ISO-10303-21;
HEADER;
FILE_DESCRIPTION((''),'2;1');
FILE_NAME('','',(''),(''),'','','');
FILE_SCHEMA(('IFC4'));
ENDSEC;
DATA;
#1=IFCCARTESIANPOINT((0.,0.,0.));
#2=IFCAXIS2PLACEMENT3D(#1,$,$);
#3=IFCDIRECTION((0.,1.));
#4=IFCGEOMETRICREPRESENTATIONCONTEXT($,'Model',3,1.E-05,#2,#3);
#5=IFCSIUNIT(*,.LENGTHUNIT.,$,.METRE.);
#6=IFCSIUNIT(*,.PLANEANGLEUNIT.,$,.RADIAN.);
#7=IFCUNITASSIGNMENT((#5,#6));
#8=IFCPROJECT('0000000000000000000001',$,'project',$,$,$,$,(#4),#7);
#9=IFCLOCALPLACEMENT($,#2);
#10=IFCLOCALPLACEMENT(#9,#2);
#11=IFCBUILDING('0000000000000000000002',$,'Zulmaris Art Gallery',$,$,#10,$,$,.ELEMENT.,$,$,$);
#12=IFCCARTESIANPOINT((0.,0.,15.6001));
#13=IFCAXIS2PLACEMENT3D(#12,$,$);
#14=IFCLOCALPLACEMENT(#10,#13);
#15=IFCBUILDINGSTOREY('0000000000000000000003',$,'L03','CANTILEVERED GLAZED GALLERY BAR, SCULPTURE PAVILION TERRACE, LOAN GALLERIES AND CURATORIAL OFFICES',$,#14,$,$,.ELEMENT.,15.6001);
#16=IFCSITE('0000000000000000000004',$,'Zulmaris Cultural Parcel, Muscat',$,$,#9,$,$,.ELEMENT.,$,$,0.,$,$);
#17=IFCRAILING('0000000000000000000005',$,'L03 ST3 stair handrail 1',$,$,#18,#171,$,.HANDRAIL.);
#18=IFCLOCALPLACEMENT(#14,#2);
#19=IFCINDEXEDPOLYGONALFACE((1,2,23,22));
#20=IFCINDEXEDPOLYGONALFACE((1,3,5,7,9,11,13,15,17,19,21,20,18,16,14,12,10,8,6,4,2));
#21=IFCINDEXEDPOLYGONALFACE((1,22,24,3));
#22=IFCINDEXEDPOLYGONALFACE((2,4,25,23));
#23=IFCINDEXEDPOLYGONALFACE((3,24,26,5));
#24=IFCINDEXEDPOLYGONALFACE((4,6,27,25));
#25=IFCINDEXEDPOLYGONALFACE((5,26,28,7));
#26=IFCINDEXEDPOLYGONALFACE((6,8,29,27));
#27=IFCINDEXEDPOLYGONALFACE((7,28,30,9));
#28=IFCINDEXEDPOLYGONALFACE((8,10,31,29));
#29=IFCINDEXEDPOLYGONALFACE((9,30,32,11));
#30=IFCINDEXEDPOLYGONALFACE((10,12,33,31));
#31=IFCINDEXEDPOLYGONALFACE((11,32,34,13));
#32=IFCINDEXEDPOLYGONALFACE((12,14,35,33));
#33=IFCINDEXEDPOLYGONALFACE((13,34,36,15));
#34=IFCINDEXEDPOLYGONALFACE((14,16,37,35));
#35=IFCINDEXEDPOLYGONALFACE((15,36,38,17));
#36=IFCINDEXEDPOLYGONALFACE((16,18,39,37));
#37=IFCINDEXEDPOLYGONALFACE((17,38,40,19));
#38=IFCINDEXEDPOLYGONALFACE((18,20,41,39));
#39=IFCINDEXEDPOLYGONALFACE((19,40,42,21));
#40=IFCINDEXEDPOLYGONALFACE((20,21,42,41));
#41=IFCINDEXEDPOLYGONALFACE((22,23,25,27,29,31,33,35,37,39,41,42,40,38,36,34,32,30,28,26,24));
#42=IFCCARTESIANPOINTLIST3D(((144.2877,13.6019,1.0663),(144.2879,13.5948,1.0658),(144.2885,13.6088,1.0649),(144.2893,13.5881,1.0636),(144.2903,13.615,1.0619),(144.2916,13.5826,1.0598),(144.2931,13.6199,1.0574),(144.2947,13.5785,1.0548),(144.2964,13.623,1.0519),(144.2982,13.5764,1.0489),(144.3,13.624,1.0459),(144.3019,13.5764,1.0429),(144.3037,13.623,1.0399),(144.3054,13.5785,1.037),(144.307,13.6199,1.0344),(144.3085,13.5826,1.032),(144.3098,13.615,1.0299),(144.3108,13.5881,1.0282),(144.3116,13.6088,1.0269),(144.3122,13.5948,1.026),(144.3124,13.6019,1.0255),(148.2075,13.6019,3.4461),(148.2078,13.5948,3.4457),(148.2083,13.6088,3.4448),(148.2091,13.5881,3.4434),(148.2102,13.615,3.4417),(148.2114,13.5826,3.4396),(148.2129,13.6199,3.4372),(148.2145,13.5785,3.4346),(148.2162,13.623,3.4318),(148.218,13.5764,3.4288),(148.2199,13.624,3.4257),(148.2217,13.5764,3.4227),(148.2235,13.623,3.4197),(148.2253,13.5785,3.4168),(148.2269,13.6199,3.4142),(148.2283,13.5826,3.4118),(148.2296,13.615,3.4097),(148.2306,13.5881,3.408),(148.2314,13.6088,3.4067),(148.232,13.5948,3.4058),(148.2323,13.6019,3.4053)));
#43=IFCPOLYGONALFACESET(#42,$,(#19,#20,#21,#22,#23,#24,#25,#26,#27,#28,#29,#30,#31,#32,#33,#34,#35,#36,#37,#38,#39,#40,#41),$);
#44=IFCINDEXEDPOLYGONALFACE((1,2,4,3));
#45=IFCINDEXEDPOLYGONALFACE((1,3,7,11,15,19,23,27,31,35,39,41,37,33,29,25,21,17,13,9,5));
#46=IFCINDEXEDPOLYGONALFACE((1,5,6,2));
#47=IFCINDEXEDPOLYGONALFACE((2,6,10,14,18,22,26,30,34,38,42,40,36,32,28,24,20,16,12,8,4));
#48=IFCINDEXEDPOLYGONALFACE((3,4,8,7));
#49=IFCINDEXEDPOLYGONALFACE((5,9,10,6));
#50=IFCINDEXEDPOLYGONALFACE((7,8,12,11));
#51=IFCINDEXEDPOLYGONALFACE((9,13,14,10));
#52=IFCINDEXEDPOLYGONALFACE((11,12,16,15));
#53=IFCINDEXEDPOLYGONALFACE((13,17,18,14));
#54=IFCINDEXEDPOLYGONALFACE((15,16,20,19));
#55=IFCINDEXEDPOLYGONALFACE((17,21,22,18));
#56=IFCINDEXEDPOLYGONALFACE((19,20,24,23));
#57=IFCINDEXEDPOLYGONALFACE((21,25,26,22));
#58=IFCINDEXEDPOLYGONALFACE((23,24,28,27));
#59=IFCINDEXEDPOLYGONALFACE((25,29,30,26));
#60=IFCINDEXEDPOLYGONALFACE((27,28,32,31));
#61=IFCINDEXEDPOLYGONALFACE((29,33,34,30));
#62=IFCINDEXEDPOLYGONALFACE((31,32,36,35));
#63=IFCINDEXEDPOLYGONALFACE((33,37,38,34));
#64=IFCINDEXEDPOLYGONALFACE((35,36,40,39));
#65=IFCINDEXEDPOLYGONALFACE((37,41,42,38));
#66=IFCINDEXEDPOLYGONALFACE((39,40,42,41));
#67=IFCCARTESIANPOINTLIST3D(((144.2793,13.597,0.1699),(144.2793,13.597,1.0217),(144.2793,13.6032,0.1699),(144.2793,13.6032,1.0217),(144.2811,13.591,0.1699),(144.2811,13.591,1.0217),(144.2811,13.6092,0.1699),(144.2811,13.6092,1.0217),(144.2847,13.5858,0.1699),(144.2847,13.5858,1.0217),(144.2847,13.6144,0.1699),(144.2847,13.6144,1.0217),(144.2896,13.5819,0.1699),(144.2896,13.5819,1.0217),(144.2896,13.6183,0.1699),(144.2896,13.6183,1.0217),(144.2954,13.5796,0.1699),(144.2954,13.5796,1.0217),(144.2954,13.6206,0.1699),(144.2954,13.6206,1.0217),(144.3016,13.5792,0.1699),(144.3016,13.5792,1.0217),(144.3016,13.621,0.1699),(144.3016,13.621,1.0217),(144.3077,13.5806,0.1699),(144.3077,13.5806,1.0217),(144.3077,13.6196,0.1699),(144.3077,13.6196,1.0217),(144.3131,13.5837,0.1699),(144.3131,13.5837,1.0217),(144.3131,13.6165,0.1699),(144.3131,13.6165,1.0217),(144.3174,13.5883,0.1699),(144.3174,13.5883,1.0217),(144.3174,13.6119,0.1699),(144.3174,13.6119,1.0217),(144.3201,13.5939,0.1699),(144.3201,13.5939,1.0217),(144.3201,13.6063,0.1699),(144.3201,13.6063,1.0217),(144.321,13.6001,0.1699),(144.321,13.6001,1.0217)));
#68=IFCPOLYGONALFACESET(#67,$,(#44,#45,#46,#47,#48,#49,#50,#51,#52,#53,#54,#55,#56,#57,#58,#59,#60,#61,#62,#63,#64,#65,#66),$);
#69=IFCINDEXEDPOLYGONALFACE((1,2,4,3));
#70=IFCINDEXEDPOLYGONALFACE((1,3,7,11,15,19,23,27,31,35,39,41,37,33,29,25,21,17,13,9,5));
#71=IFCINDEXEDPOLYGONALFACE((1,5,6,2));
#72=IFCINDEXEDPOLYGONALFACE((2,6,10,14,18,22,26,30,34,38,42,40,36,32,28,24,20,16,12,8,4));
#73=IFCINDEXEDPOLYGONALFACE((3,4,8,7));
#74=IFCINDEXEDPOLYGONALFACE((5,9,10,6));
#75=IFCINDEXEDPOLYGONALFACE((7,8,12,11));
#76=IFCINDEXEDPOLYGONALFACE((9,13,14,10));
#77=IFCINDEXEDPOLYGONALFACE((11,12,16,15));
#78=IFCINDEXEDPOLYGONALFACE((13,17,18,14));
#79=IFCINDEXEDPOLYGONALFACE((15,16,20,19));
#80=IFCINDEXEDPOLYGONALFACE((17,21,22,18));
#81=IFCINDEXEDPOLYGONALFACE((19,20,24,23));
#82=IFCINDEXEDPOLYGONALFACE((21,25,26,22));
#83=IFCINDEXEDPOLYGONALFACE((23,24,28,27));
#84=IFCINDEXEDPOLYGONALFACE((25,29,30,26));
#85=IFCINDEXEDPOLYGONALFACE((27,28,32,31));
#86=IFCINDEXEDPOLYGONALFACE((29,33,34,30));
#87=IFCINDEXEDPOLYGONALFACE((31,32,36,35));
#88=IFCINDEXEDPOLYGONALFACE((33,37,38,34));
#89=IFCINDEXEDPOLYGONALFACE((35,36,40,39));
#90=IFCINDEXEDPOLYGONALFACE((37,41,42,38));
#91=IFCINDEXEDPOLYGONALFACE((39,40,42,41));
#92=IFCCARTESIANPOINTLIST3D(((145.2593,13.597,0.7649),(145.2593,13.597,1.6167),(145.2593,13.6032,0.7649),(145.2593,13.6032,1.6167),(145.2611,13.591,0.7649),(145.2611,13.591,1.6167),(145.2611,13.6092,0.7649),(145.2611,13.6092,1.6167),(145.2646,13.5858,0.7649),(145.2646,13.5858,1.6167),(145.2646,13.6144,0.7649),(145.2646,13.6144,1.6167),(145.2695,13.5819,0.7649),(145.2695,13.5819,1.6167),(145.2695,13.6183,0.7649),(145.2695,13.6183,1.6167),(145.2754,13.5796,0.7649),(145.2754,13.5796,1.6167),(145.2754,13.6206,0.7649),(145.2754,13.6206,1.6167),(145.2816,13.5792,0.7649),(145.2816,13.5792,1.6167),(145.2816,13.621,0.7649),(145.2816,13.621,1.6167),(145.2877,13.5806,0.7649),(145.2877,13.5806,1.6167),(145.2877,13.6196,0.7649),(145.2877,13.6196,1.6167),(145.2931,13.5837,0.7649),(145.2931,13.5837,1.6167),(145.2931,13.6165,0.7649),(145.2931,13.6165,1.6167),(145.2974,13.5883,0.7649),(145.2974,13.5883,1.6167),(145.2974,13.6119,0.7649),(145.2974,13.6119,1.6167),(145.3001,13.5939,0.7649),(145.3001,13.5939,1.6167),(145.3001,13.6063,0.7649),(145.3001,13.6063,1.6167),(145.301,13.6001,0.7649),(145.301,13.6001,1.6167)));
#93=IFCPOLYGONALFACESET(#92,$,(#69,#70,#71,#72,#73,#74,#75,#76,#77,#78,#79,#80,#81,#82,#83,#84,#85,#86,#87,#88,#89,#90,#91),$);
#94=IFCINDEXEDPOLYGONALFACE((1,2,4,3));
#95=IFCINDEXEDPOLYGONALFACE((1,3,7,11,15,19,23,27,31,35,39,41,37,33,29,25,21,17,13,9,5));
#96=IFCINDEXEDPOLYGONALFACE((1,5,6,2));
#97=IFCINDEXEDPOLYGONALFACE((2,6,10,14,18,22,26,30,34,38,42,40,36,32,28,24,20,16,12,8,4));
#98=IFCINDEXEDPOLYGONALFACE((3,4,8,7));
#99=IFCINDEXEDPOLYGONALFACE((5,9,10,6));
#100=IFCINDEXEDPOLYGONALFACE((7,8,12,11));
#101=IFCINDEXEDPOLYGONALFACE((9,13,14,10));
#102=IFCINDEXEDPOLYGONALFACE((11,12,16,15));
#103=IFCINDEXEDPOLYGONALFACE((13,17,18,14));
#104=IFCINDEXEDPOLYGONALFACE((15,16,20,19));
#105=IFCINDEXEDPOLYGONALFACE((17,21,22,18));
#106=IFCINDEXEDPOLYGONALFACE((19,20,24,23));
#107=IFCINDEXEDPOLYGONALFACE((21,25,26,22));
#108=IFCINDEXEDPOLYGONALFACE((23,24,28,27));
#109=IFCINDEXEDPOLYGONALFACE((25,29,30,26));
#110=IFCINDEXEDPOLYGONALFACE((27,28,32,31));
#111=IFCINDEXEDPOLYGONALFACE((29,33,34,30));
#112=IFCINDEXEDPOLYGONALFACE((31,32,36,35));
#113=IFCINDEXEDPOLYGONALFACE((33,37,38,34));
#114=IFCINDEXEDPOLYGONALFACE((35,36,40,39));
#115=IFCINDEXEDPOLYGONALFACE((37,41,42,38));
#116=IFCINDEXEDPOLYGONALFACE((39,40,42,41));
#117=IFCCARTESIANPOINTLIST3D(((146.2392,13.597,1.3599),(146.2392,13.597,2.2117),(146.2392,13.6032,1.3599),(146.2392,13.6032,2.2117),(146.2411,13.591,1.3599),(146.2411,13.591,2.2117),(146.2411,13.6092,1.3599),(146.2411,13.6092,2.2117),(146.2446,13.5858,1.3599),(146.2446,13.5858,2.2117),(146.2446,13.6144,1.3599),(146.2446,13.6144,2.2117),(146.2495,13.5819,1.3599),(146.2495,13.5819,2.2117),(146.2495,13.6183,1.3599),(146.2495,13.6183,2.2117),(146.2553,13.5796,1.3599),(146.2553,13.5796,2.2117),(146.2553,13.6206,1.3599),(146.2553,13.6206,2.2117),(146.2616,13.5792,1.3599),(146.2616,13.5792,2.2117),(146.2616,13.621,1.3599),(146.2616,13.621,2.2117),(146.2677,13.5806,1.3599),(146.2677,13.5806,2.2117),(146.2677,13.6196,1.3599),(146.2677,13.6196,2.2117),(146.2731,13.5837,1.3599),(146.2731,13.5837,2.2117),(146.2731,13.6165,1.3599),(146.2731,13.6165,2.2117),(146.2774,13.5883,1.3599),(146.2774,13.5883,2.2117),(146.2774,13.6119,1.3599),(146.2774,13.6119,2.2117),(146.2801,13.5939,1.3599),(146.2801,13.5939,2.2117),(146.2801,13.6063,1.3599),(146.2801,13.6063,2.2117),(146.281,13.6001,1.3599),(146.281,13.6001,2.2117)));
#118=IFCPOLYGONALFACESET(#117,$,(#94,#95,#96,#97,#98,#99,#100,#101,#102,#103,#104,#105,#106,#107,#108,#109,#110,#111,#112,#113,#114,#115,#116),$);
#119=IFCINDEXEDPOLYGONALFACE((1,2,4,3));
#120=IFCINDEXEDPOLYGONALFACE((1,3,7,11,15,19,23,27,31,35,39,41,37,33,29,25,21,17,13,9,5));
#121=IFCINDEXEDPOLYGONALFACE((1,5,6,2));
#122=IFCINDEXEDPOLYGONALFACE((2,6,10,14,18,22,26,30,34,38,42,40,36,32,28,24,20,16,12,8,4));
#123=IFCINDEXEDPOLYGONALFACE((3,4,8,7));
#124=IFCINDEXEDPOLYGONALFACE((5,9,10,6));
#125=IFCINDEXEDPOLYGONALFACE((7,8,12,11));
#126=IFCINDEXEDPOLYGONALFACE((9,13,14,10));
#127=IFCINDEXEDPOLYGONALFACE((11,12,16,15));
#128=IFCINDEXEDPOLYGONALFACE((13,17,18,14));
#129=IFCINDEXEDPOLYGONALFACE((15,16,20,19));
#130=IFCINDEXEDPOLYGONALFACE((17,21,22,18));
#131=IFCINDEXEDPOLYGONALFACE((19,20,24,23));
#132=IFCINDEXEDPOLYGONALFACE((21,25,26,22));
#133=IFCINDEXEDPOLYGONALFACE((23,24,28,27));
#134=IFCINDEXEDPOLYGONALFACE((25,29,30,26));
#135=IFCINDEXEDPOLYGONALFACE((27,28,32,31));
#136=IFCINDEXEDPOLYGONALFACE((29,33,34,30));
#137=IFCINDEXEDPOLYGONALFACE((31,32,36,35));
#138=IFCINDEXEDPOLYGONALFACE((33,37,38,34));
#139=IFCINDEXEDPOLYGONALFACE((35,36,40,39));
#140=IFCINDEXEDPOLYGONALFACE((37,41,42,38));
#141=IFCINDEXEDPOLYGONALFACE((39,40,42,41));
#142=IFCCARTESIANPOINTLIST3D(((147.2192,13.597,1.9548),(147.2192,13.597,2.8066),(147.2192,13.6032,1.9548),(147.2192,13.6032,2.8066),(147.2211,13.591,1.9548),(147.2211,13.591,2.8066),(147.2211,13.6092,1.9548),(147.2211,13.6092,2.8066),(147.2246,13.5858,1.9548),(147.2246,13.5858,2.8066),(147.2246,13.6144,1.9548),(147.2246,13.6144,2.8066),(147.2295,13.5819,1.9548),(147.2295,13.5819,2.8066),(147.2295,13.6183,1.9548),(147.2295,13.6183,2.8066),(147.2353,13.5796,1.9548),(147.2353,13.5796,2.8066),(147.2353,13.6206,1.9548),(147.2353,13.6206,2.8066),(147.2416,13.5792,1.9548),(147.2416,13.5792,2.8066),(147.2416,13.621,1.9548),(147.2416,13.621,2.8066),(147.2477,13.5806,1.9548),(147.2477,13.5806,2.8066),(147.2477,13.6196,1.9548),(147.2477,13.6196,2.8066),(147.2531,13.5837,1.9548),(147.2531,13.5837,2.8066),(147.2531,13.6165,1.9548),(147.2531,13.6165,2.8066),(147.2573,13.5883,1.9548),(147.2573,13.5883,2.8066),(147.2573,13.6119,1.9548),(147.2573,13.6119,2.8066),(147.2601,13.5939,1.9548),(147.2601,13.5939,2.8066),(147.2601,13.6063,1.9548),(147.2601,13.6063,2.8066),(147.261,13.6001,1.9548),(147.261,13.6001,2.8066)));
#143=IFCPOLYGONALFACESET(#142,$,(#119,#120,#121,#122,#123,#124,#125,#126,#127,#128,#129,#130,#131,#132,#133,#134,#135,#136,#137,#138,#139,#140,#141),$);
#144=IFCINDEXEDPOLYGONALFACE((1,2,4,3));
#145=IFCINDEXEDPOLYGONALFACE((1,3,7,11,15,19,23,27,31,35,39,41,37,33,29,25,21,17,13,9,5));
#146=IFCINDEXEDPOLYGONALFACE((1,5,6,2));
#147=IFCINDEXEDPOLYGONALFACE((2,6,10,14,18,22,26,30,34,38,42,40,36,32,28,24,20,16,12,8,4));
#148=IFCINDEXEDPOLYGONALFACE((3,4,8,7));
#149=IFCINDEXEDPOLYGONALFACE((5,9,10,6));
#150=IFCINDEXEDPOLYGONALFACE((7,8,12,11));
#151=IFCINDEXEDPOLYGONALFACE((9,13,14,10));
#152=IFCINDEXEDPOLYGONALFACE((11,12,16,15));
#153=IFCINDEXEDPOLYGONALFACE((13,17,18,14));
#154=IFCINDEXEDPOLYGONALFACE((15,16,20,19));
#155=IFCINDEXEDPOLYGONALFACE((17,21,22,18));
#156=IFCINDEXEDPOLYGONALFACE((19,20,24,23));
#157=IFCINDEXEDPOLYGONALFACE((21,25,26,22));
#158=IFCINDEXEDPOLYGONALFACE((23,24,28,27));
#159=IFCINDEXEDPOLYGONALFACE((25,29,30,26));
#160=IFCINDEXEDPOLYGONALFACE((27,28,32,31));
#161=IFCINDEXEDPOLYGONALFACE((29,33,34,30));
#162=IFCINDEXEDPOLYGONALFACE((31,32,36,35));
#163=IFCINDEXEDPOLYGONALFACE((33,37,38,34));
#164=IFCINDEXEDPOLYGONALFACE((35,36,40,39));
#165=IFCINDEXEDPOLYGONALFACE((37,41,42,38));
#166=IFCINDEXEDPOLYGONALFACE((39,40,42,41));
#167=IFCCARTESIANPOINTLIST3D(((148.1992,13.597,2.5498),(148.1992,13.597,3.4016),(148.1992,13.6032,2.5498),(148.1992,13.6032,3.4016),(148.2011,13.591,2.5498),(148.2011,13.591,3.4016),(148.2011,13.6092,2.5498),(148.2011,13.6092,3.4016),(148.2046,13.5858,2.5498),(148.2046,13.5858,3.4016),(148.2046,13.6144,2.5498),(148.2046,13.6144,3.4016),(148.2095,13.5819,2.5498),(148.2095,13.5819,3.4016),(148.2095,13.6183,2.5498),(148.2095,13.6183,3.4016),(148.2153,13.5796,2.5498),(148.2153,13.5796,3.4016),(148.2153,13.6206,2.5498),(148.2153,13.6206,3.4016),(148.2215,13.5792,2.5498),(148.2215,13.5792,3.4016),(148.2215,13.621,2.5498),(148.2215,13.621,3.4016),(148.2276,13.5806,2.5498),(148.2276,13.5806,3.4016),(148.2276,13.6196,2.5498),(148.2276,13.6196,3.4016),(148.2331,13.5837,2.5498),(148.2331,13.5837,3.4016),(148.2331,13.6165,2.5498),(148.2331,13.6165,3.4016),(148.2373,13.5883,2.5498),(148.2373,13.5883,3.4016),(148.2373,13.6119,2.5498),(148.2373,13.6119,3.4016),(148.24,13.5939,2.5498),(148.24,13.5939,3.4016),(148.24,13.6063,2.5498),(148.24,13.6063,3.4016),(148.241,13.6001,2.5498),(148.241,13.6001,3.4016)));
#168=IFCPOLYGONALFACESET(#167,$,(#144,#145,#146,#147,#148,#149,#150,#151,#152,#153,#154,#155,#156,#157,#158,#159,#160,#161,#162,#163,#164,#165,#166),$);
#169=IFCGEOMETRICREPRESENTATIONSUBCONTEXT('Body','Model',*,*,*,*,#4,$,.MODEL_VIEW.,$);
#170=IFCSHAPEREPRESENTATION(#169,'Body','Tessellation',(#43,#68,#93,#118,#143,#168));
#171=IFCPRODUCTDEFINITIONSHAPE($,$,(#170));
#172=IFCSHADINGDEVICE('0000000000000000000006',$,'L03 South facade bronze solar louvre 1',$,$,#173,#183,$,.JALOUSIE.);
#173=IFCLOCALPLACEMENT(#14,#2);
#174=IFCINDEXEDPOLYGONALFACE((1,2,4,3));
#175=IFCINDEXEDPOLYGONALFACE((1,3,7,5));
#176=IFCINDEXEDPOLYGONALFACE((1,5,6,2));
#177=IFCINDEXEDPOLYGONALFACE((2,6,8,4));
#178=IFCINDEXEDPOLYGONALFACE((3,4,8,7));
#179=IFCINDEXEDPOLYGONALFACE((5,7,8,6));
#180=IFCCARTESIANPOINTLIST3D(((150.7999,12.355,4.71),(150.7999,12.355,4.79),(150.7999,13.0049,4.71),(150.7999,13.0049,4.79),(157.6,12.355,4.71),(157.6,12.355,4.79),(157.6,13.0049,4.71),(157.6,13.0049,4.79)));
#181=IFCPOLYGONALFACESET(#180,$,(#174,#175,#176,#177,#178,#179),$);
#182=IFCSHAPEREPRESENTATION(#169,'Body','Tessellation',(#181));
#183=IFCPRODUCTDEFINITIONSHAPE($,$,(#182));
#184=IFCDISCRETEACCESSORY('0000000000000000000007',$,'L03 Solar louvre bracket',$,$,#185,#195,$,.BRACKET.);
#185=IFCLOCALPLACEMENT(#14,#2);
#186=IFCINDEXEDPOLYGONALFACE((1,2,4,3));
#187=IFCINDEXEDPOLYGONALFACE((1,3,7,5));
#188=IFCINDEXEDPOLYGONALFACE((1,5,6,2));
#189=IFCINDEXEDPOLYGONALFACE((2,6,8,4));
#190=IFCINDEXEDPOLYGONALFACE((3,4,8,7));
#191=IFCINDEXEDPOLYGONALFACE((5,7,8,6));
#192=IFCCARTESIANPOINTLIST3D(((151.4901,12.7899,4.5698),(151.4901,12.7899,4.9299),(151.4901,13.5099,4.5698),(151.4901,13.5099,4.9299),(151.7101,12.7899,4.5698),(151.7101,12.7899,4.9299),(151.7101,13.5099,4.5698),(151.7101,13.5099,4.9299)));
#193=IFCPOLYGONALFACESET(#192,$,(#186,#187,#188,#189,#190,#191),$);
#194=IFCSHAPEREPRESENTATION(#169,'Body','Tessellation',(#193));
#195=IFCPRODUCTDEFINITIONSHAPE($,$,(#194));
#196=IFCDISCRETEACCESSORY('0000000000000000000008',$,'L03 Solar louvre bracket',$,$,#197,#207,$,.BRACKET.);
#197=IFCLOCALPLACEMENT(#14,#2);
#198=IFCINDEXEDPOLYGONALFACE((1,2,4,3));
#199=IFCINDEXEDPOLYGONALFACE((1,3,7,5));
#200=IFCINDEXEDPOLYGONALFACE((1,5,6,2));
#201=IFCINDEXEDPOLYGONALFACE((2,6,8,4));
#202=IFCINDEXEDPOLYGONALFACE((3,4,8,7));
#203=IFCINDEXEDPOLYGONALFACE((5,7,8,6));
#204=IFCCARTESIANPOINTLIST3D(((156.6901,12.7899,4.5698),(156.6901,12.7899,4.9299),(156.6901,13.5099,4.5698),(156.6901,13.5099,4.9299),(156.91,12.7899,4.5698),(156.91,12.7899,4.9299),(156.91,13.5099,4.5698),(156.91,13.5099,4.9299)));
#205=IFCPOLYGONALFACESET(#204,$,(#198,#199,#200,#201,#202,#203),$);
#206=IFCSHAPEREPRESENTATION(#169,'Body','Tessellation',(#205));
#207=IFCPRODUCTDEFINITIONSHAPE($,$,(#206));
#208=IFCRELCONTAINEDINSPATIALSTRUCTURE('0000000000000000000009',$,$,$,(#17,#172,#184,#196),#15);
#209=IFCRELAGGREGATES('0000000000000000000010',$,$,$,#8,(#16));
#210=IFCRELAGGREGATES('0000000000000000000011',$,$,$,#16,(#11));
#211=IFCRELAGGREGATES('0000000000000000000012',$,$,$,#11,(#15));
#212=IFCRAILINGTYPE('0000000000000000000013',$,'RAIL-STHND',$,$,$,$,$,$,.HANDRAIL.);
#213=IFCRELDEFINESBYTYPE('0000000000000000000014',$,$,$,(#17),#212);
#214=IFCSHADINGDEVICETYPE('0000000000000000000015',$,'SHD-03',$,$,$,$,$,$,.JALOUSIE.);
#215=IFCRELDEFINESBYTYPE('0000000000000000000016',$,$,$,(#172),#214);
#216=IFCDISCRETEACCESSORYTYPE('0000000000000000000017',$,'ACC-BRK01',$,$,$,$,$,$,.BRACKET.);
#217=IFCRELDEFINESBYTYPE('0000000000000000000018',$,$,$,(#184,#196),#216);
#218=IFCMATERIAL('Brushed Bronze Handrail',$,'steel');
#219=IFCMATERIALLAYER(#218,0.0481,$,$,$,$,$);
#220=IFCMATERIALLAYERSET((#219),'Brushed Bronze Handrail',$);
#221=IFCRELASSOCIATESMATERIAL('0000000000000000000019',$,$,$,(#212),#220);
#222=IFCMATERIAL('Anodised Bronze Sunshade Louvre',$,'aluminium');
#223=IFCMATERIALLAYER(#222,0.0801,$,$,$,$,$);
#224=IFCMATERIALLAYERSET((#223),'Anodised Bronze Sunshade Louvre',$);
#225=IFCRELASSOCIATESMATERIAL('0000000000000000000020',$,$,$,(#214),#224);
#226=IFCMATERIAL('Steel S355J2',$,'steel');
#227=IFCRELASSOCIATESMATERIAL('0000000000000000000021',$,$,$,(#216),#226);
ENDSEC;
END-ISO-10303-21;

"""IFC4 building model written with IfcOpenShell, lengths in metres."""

from ifc_helpers import new_model, si_unit, direction, frame, origin, origin_2d, place, context, subcontext, project, spatial, rectangle, circle, extrude, material, layer, layer_set, type_object, element, save


model = new_model("IFC4")

# Units and contexts
model_context = context("Model", 3, precision=1e-05, world=origin(), true_north=direction((0.0, 1.0)))
body_context = subcontext(model_context, "Body", "Model", "MODEL_VIEW")
ifc_project = project(units=[si_unit("LENGTHUNIT", "METRE"), si_unit("PLANEANGLEUNIT", "RADIAN")], contexts=[model_context])

# Site, building, storey
site_placement = place(None, origin())
site = spatial("IfcSite", under=ifc_project, at=site_placement, Name="Zulmaris Cultural Parcel, Muscat", CompositionType="ELEMENT", RefElevation=0.0)
building_placement = place(site_placement, origin())
building = spatial("IfcBuilding", under=site, at=building_placement, Name="Zulmaris Art Gallery", CompositionType="ELEMENT")
storey_placement = place(building_placement, frame((0.0, 0.0, 15.6001)))
storey = spatial("IfcBuildingStorey", under=building, at=storey_placement, Name="L03", Description="CANTILEVERED GLAZED GALLERY BAR, SCULPTURE PAVILION TERRACE, LOAN GALLERIES AND CURATORIAL OFFICES", CompositionType="ELEMENT", Elevation=15.6001)

# Railing
ifc_material_1 = material(Name="Steel S355J2", Category="steel")
ifc_material_2 = material(Name="Brushed Bronze Handrail", Category="steel")
ifc_layer_1 = layer(ifc_material_2, 0.0481)
ifc_layer_set_1 = layer_set([ifc_layer_1], Name="Brushed Bronze Handrail")
railing_type_1 = type_object("IfcRailingType", Name="RAIL-STHND", PredefinedType="HANDRAIL", material=ifc_layer_set_1)
railing_1_placement = place(storey_placement, frame((144.3, 13.6001, 0.1699)))
element("IfcRailing", 1, at=railing_1_placement, inside=storey, type_object=railing_type_1, Name="L03 ST3 stair handrail 1", PredefinedType="HANDRAIL", context=body_context, shape_type="SweptSolid", body=[
    extrude(circle(Radius=0.0239, at=origin_2d()), frame((0.0, 0.0, 0.876), z_axis=(0.854794, 0.0, 0.518967), x_axis=(0.0, 1.0, 0.0)), (0.0, 0.0, 1.0), 4.5857),
    extrude(circle(Radius=0.021, at=origin_2d()), origin(), (0.0, 0.0, 1.0), 0.8518),
    extrude(circle(Radius=0.021, at=origin_2d()), frame((0.98, 0.0, 0.595)), (0.0, 0.0, 1.0), 0.8518),
    extrude(circle(Radius=0.021, at=origin_2d()), frame((1.96, 0.0, 1.1899)), (0.0, 0.0, 1.0), 0.8518),
    extrude(circle(Radius=0.021, at=origin_2d()), frame((2.9399, 0.0, 1.7849)), (0.0, 0.0, 1.0), 0.8518),
    extrude(circle(Radius=0.021, at=origin_2d()), frame((3.9199, 0.0, 2.3799)), (0.0, 0.0, 1.0), 0.8518),
])

# Shading device
ifc_material_3 = material(Name="Anodised Bronze Sunshade Louvre", Category="aluminium")
ifc_layer_2 = layer(ifc_material_3, 0.0801)
ifc_layer_set_2 = layer_set([ifc_layer_2], Name="Anodised Bronze Sunshade Louvre")
shading_device_type = type_object("IfcShadingDeviceType", Name="SHD-03", PredefinedType="JALOUSIE", material=ifc_layer_set_2)
shading_device_placement = place(storey_placement, frame((154.2, 12.6799, 4.71), z_axis=(0.0, 0.0, 1.0), x_axis=(1.0, 0.0, 0.0)))
element("IfcShadingDevice", 2, at=shading_device_placement, inside=storey, type_object=shading_device_type, Name="L03 South facade bronze solar louvre 1", PredefinedType="JALOUSIE", context=body_context, shape_type="SweptSolid", body=[
    extrude(rectangle(XDim=6.8, YDim=0.6499, at=origin_2d()), origin(), (0.0, 0.0, 1.0), 0.0801),
])

# Discrete accessories
discrete_accessory_type = type_object("IfcDiscreteAccessoryType", Name="ACC-BRK01", PredefinedType="BRACKET", material=ifc_material_1)
for number, where, z_axis, x_axis, name in (
    (3, (151.6001, 13.1499, 4.5698), (0.0, 0.0, 1.0), (1.0, 0.0, 0.0), "L03 Solar louvre bracket"),
    (4, (156.8, 13.1499, 4.5698), (0.0, 0.0, 1.0), (1.0, 0.0, 0.0), "L03 Solar louvre bracket"),
):
    element("IfcDiscreteAccessory", number, at=place(storey_placement, frame(where, z_axis=z_axis, x_axis=x_axis)), inside=storey, type_object=discrete_accessory_type, Name=name, PredefinedType="BRACKET", context=body_context, shape_type="SweptSolid", body=[
        extrude(rectangle(XDim=0.22, YDim=0.72, at=origin_2d()), origin(), (0.0, 0.0, 1.0), 0.3601),
    ])

save(model, "model.ifc")
